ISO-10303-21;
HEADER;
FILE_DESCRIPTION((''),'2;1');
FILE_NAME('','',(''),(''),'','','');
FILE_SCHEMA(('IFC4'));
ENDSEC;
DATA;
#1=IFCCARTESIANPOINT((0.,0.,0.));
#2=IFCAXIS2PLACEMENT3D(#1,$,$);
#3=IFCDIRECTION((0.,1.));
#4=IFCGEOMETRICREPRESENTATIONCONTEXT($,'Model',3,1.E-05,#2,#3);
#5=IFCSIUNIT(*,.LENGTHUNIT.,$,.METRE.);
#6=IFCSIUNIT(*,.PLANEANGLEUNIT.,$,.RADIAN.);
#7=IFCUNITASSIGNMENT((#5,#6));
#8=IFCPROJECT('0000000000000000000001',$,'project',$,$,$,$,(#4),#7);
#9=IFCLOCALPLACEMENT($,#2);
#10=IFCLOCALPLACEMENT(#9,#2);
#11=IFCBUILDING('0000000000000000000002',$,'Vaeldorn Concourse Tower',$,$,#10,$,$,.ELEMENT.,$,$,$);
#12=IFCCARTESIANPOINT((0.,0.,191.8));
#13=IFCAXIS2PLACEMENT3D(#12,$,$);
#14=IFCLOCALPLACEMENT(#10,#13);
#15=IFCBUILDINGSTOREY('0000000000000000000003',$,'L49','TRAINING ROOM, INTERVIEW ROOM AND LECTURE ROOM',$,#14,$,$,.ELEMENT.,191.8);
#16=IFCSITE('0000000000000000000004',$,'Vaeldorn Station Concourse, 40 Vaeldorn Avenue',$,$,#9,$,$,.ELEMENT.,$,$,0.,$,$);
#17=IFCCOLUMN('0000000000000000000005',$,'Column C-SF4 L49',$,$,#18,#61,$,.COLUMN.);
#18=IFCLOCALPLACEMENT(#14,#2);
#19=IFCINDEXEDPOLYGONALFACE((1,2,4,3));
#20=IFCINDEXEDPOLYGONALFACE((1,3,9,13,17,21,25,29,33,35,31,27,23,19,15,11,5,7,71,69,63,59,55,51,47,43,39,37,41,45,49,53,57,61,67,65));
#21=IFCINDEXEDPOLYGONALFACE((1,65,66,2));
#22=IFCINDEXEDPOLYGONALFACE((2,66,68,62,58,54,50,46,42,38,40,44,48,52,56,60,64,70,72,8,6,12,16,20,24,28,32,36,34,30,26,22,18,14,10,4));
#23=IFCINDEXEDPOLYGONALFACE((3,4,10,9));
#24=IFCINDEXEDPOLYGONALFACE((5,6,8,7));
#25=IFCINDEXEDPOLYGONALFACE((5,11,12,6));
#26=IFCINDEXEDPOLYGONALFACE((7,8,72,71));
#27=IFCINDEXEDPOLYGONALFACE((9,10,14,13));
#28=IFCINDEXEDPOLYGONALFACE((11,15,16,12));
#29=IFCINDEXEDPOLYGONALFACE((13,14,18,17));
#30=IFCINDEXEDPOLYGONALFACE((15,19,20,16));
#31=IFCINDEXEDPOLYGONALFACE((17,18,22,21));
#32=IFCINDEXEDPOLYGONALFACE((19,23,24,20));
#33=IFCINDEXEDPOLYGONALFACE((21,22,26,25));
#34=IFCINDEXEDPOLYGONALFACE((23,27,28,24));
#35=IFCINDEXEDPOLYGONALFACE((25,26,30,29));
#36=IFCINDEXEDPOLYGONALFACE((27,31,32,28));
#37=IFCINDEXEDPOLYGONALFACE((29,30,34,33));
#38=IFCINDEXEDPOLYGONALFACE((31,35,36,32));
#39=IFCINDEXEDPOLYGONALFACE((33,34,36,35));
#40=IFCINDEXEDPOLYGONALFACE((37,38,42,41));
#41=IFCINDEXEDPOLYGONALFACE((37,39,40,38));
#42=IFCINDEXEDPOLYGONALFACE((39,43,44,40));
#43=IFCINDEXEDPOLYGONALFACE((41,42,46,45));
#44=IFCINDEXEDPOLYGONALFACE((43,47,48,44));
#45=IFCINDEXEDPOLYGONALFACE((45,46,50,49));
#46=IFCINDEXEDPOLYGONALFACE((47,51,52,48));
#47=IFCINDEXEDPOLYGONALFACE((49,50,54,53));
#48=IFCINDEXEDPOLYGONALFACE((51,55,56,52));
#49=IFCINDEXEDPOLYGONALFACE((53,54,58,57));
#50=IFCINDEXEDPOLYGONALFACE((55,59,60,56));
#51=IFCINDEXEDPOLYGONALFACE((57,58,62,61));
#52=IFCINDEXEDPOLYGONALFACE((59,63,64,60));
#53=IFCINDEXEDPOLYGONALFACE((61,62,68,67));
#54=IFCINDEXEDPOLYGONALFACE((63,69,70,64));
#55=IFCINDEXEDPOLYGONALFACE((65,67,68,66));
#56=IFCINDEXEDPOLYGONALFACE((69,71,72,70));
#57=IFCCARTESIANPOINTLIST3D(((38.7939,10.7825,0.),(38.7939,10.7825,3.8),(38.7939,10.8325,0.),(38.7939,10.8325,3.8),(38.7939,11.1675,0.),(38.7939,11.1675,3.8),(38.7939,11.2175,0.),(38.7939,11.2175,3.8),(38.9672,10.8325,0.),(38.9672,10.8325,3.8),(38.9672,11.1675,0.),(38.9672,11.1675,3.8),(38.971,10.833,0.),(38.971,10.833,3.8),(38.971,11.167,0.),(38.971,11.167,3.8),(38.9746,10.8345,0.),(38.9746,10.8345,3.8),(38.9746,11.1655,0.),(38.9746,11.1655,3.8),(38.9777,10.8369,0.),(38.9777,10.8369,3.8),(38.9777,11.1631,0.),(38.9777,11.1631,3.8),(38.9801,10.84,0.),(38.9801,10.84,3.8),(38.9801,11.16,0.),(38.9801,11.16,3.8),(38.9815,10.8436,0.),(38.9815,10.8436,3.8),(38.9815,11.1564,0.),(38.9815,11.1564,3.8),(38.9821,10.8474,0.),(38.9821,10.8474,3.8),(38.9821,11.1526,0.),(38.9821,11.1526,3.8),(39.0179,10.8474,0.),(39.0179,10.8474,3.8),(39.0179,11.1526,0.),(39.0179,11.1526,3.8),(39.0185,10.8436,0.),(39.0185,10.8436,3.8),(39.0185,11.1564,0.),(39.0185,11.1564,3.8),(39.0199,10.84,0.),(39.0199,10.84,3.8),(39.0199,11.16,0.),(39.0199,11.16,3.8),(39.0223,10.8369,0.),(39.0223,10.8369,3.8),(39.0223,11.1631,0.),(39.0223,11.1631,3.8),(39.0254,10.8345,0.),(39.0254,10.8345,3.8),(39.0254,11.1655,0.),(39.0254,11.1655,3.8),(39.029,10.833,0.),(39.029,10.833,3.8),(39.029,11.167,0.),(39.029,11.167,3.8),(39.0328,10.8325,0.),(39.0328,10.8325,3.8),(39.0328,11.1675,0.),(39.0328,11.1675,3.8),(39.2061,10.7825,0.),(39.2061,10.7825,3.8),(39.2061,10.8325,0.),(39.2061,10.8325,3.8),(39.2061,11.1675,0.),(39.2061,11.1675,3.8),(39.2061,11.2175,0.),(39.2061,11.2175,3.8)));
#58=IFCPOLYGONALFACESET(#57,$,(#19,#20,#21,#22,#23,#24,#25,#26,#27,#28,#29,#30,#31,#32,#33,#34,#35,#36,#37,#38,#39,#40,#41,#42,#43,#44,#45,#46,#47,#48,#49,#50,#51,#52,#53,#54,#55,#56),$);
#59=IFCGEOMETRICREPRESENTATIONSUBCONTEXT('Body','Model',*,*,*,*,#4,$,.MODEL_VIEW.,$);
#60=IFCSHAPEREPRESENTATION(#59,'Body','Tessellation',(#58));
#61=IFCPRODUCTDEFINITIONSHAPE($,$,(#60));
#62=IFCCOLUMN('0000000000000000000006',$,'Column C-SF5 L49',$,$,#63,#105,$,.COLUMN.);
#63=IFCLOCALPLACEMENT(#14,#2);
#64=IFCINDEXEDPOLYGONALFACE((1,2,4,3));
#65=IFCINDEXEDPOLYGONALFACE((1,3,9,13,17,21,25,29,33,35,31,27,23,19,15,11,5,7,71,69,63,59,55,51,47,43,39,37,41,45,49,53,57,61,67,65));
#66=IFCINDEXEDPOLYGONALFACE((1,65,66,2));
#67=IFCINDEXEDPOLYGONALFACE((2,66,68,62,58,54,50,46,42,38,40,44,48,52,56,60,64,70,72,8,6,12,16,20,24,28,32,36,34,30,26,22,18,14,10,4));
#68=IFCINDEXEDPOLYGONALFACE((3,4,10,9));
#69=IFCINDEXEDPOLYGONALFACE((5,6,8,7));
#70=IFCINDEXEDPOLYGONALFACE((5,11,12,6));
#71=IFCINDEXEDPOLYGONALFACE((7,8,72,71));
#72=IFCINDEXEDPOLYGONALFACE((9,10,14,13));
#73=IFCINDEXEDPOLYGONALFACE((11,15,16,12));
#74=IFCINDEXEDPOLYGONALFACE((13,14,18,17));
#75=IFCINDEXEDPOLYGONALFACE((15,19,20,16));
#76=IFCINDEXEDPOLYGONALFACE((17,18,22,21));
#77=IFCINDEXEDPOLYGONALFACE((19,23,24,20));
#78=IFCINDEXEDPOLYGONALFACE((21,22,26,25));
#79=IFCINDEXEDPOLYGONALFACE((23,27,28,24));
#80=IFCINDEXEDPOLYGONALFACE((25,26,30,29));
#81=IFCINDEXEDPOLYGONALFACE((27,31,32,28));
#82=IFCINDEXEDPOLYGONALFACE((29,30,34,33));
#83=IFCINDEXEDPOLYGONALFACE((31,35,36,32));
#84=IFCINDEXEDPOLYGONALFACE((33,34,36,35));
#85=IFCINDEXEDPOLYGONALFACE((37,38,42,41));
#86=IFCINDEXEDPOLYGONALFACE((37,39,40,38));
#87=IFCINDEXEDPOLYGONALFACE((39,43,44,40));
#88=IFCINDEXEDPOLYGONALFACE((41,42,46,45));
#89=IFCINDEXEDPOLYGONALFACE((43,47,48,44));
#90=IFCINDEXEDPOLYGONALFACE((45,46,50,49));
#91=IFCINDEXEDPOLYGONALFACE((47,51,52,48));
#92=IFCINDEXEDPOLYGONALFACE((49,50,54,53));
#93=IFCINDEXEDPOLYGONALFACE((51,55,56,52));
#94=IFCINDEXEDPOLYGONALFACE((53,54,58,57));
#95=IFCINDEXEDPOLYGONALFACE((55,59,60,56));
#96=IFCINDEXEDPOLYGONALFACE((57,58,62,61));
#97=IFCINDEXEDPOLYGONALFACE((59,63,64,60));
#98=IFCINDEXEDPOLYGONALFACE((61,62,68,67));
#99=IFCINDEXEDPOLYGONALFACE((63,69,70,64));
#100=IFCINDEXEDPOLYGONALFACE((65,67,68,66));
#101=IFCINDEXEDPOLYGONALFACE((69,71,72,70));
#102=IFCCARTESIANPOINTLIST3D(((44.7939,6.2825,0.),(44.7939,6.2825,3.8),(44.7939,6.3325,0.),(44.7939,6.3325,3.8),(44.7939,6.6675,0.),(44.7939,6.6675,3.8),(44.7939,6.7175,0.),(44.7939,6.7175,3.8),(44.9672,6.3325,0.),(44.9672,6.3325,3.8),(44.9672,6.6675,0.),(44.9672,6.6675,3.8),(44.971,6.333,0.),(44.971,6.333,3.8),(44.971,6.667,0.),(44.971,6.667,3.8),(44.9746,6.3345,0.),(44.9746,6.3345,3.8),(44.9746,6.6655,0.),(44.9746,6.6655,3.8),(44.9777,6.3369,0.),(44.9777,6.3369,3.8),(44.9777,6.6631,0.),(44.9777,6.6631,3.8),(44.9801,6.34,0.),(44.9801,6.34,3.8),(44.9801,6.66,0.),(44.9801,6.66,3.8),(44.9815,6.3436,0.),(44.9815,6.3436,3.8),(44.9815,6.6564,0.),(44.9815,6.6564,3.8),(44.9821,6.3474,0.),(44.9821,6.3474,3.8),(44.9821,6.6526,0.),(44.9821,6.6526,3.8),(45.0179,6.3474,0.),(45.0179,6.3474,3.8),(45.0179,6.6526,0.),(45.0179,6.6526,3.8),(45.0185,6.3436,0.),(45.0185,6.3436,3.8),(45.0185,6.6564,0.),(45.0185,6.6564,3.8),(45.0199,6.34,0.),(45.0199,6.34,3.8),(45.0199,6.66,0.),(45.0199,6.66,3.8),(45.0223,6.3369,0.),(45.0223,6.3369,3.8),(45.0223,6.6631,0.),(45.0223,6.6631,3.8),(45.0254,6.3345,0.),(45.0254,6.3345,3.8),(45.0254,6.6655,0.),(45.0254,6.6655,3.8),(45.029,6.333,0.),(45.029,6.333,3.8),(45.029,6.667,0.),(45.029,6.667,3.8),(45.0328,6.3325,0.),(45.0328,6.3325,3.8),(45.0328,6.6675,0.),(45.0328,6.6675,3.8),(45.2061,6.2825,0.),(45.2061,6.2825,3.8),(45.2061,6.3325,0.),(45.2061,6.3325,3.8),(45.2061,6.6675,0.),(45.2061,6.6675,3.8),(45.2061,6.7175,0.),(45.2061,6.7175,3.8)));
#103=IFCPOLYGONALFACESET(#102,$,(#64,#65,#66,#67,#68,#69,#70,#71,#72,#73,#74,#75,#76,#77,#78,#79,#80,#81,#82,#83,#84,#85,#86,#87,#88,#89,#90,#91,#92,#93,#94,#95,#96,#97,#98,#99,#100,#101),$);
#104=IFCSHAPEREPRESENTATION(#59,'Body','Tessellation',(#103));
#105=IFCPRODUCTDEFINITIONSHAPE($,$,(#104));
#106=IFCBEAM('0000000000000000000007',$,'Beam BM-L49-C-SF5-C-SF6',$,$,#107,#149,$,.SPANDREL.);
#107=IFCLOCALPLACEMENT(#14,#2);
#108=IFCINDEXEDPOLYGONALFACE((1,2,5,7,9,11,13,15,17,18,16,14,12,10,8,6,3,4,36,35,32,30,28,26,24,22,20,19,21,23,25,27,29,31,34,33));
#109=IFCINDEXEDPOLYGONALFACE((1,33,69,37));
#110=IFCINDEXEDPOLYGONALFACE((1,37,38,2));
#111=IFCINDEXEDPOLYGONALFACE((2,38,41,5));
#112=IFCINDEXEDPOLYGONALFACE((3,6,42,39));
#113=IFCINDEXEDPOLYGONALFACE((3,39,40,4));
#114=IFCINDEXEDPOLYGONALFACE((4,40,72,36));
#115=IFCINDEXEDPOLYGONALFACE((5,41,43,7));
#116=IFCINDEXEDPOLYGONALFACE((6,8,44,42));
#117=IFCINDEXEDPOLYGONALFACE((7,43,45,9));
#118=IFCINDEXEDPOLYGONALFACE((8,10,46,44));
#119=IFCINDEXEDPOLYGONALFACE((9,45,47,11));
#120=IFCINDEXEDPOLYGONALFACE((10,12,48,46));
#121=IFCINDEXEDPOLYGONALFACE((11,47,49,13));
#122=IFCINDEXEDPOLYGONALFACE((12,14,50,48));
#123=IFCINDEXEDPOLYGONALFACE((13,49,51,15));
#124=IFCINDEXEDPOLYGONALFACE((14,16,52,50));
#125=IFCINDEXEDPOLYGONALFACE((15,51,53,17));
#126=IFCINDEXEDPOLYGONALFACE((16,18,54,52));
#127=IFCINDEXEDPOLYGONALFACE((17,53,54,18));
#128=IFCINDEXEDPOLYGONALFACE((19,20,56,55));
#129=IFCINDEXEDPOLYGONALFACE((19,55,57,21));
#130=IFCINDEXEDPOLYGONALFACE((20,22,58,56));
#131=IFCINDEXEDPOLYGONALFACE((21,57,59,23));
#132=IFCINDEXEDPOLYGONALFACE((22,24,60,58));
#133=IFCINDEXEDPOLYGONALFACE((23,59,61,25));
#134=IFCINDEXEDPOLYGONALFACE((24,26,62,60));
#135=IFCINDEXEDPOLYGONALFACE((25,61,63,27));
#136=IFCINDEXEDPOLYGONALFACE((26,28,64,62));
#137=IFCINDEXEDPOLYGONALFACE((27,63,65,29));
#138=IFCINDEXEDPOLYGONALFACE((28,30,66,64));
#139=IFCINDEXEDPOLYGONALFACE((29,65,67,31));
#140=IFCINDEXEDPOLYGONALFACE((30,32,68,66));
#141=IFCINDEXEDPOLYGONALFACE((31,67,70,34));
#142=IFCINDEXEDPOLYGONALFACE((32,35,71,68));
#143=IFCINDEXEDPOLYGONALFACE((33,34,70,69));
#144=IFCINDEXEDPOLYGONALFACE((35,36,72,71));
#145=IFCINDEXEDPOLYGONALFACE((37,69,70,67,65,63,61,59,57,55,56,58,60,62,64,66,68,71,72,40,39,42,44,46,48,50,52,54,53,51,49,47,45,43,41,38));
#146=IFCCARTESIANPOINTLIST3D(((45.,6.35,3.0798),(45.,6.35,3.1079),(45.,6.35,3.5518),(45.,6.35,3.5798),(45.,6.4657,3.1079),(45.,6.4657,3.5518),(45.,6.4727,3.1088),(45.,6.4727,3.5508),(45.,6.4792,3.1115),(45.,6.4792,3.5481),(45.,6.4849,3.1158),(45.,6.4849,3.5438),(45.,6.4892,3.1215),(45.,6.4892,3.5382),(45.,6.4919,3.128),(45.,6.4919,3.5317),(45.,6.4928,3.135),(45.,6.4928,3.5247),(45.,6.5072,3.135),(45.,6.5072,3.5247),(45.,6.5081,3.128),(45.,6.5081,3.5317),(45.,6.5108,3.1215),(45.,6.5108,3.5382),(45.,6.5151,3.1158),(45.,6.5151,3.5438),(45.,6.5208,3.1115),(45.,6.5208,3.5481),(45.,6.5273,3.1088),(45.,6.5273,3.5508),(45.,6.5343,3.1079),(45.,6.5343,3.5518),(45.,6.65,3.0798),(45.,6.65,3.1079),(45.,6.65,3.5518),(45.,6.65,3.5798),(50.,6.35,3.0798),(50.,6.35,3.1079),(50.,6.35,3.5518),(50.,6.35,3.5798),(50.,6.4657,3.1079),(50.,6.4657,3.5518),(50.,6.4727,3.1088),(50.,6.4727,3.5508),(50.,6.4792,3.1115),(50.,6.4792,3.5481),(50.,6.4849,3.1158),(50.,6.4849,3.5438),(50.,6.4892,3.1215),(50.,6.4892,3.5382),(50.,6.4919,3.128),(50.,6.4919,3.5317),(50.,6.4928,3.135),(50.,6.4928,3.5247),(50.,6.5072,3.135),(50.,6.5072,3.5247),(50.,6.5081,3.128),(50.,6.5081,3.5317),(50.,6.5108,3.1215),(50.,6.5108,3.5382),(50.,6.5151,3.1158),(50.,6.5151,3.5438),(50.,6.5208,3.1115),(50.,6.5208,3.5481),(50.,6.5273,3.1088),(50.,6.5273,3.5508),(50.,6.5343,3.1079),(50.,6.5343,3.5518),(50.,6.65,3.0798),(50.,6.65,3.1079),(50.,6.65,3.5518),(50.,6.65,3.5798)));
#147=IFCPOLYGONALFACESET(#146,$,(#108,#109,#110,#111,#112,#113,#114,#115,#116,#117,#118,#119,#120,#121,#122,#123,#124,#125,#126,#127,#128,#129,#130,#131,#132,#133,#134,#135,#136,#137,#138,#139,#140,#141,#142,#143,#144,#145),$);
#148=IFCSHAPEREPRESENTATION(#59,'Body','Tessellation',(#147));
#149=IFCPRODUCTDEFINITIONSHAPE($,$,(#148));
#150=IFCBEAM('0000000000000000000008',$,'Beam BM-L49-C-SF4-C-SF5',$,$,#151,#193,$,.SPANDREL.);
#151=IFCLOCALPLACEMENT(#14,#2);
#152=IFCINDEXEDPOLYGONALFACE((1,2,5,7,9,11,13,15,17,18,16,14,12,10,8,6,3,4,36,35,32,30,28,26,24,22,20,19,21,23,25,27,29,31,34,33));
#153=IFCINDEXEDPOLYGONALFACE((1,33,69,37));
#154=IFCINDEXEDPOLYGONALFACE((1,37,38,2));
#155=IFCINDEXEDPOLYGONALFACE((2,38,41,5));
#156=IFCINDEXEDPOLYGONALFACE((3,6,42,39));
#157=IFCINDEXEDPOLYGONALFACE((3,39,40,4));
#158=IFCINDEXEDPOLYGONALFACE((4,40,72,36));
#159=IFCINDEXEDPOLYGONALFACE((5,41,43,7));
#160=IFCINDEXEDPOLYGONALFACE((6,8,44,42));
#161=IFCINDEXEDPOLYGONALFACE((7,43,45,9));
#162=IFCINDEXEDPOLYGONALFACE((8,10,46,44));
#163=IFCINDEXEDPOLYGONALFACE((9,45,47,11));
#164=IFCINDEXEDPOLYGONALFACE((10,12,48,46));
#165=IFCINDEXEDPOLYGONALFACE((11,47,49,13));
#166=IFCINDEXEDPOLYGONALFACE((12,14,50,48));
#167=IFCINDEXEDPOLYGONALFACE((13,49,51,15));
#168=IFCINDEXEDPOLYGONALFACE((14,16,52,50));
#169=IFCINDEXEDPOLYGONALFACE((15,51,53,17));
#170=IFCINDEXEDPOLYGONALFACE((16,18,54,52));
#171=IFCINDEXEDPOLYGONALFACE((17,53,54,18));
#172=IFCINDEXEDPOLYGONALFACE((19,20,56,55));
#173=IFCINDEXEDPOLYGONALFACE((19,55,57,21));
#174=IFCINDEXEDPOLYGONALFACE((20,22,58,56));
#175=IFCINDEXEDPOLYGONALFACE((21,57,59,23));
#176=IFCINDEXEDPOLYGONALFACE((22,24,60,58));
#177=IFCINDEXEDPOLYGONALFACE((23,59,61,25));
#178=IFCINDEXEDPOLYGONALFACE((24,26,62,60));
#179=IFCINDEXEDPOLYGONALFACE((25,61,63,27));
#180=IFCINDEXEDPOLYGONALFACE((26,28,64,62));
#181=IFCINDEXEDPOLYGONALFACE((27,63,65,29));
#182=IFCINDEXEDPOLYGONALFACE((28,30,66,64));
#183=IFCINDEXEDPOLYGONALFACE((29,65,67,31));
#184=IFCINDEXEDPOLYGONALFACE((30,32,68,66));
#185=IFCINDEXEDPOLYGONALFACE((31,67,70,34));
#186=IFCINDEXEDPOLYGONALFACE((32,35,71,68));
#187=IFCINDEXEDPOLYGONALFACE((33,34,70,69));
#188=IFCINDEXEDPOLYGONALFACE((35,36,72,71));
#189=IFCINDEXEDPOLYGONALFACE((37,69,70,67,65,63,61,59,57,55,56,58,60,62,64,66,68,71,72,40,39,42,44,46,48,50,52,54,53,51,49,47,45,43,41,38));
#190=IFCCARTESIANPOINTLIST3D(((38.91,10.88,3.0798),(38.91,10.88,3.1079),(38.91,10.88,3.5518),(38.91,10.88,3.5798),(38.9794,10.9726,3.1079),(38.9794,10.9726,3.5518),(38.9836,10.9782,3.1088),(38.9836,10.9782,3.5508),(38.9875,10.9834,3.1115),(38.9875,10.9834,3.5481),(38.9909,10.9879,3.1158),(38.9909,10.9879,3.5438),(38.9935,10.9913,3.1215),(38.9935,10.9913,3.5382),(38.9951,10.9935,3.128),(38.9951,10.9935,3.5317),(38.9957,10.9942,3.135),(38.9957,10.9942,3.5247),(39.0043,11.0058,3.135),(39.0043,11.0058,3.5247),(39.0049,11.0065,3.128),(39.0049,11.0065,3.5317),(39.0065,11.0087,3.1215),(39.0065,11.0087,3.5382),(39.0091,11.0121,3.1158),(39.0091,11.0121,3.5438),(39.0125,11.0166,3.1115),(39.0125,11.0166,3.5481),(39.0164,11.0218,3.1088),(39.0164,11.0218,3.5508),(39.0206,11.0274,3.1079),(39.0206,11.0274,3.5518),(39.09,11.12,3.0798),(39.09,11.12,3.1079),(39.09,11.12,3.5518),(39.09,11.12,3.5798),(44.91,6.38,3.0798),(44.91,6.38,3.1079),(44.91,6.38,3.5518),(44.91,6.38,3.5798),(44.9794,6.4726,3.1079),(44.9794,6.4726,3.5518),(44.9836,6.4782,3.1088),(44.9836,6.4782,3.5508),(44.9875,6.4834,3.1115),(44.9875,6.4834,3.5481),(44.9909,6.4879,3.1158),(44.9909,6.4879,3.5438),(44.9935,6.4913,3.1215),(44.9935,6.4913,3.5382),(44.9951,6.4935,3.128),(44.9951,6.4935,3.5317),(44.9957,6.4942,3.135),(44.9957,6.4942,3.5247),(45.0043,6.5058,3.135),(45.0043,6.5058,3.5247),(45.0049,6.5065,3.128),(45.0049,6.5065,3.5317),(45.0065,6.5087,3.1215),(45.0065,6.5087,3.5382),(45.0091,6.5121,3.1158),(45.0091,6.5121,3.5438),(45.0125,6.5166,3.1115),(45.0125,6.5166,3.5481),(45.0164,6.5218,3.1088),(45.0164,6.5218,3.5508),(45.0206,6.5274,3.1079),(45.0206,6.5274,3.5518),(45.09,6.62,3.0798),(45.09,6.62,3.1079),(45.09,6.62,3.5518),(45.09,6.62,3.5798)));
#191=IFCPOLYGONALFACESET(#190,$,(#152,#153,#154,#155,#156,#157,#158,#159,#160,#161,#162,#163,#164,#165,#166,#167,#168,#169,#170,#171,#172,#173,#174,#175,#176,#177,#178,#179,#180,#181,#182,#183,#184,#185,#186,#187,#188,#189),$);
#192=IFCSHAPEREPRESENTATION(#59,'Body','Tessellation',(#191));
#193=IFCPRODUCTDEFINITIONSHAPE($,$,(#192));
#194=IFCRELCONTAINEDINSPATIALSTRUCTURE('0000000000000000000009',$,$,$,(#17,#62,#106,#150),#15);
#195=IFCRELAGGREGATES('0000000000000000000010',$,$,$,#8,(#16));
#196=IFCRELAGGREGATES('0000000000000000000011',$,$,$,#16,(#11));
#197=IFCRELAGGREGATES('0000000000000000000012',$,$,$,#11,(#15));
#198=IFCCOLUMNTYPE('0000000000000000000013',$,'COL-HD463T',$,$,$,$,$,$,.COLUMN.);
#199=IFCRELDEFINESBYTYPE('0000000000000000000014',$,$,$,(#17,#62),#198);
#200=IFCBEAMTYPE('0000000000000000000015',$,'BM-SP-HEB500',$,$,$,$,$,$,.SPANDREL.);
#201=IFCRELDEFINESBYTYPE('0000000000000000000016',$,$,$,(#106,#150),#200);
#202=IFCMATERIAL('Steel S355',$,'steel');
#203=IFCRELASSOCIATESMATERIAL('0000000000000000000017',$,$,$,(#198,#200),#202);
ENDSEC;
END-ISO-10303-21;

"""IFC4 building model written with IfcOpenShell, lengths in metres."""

from ifc_helpers import new_model, si_unit, direction, frame, origin, origin_2d, place, context, subcontext, project, spatial, i_section, extrude, source, transform, mapped, material, material_profile, profile_set, type_object, element, save


model = new_model("IFC4")

# Units and contexts
model_context = context("Model", 3, precision=1e-05, world=origin(), true_north=direction((0.0, 1.0)))
body_context = subcontext(model_context, "Body", "Model", "MODEL_VIEW")
ifc_project = project(units=[si_unit("LENGTHUNIT", "METRE"), si_unit("PLANEANGLEUNIT", "RADIAN")], contexts=[model_context])

# Site, building, storey
site_placement = place(None, origin())
site = spatial("IfcSite", under=ifc_project, at=site_placement, Name="Vaeldorn Station Concourse, 40 Vaeldorn Avenue", CompositionType="ELEMENT", RefElevation=0.0)
building_placement = place(site_placement, origin())
building = spatial("IfcBuilding", under=site, at=building_placement, Name="Vaeldorn Concourse Tower", CompositionType="ELEMENT")
storey_placement = place(building_placement, frame((0.0, 0.0, 191.8)))
storey = spatial("IfcBuildingStorey", under=building, at=storey_placement, Name="L49", Description="TRAINING ROOM, INTERVIEW ROOM AND LECTURE ROOM", CompositionType="ELEMENT", Elevation=191.8)

# Columns
ifc_material_1 = material(Name="Steel S355", Category="steel")
ifc_material_profile_1 = material_profile(ifc_material_1, i_section(OverallWidth=0.4121, OverallDepth=0.4351, WebThickness=0.0359, FlangeThickness=0.05, FilletRadius=0.0149, at=origin_2d()), Name="HD 400x463")
ifc_profile_set_1 = profile_set([ifc_material_profile_1], Name="Steel S355")
column_type = type_object("IfcColumnType", Name="COL-HD463T", PredefinedType="COLUMN", material=ifc_profile_set_1)
shared_shape_1 = source(origin(), body_context, "Body", "SweptSolid", [
    extrude(i_section(OverallWidth=0.4121, OverallDepth=0.4351, WebThickness=0.0359, FlangeThickness=0.05, FilletRadius=0.0149, at=origin_2d()), origin(), (0.0, 0.0, 1.0), 3.8),
])
for number, where, z_axis, x_axis, name in (
    (1, (39.0, 11.0, 0.0), (0.0, 0.0, 1.0), (1.0, 0.0, 0.0), "Column C-SF4 L49"),
    (2, (45.0, 6.5, 0.0), (0.0, 0.0, 1.0), (1.0, 0.0, 0.0), "Column C-SF5 L49"),
):
    element("IfcColumn", number, at=place(storey_placement, frame(where, z_axis=z_axis, x_axis=x_axis)), inside=storey, type_object=column_type, Name=name, PredefinedType="COLUMN", context=body_context, shape_type="MappedRepresentation", body=[
        mapped(shared_shape_1, transform((0.0, 0.0, 0.0), scale=1.0)),
    ])

# Beams
ifc_material_profile_2 = material_profile(ifc_material_1, i_section(OverallWidth=0.3, OverallDepth=0.5, WebThickness=0.0144, FlangeThickness=0.0281, FilletRadius=0.0271, at=origin_2d()), Name="HEB 500")
ifc_profile_set_2 = profile_set([ifc_material_profile_2], Name="Steel S355")
beam_type_1 = type_object("IfcBeamType", Name="BM-SP-HEB500", PredefinedType="SPANDREL", material=ifc_profile_set_2)
shared_shape_2 = source(origin(), body_context, "Body", "SweptSolid", [
    extrude(i_section(OverallWidth=0.3, OverallDepth=0.5, WebThickness=0.0144, FlangeThickness=0.0281, FilletRadius=0.0271, at=origin_2d()), origin(), (0.0, 0.0, 1.0), 5.0),
])
beam_1_placement = place(storey_placement, frame((45.0, 6.5, 3.3298), z_axis=(1.0, 0.0, 0.0), x_axis=(0.0, 1.0, 0.0)))
element("IfcBeam", 3, at=beam_1_placement, inside=storey, type_object=beam_type_1, Name="Beam BM-L49-C-SF5-C-SF6", PredefinedType="SPANDREL", context=body_context, shape_type="MappedRepresentation", body=[
    mapped(shared_shape_2, transform((0.0, 0.0, 0.0), scale=1.0)),
])
shared_shape_3 = source(origin(), body_context, "Body", "SweptSolid", [
    extrude(i_section(OverallWidth=0.3, OverallDepth=0.5, WebThickness=0.0144, FlangeThickness=0.0281, FilletRadius=0.0271, at=origin_2d()), origin(), (0.0, 0.0, 1.0), 7.5),
])
beam_2_placement = place(storey_placement, frame((39.0, 11.0, 3.3298), z_axis=(0.8, -0.6, 0.0), x_axis=(0.6, 0.8, 0.0)))
element("IfcBeam", 4, at=beam_2_placement, inside=storey, type_object=beam_type_1, Name="Beam BM-L49-C-SF4-C-SF5", PredefinedType="SPANDREL", context=body_context, shape_type="MappedRepresentation", body=[
    mapped(shared_shape_3, transform((0.0, 0.0, 0.0), scale=1.0)),
])

save(model, "model.ifc")
